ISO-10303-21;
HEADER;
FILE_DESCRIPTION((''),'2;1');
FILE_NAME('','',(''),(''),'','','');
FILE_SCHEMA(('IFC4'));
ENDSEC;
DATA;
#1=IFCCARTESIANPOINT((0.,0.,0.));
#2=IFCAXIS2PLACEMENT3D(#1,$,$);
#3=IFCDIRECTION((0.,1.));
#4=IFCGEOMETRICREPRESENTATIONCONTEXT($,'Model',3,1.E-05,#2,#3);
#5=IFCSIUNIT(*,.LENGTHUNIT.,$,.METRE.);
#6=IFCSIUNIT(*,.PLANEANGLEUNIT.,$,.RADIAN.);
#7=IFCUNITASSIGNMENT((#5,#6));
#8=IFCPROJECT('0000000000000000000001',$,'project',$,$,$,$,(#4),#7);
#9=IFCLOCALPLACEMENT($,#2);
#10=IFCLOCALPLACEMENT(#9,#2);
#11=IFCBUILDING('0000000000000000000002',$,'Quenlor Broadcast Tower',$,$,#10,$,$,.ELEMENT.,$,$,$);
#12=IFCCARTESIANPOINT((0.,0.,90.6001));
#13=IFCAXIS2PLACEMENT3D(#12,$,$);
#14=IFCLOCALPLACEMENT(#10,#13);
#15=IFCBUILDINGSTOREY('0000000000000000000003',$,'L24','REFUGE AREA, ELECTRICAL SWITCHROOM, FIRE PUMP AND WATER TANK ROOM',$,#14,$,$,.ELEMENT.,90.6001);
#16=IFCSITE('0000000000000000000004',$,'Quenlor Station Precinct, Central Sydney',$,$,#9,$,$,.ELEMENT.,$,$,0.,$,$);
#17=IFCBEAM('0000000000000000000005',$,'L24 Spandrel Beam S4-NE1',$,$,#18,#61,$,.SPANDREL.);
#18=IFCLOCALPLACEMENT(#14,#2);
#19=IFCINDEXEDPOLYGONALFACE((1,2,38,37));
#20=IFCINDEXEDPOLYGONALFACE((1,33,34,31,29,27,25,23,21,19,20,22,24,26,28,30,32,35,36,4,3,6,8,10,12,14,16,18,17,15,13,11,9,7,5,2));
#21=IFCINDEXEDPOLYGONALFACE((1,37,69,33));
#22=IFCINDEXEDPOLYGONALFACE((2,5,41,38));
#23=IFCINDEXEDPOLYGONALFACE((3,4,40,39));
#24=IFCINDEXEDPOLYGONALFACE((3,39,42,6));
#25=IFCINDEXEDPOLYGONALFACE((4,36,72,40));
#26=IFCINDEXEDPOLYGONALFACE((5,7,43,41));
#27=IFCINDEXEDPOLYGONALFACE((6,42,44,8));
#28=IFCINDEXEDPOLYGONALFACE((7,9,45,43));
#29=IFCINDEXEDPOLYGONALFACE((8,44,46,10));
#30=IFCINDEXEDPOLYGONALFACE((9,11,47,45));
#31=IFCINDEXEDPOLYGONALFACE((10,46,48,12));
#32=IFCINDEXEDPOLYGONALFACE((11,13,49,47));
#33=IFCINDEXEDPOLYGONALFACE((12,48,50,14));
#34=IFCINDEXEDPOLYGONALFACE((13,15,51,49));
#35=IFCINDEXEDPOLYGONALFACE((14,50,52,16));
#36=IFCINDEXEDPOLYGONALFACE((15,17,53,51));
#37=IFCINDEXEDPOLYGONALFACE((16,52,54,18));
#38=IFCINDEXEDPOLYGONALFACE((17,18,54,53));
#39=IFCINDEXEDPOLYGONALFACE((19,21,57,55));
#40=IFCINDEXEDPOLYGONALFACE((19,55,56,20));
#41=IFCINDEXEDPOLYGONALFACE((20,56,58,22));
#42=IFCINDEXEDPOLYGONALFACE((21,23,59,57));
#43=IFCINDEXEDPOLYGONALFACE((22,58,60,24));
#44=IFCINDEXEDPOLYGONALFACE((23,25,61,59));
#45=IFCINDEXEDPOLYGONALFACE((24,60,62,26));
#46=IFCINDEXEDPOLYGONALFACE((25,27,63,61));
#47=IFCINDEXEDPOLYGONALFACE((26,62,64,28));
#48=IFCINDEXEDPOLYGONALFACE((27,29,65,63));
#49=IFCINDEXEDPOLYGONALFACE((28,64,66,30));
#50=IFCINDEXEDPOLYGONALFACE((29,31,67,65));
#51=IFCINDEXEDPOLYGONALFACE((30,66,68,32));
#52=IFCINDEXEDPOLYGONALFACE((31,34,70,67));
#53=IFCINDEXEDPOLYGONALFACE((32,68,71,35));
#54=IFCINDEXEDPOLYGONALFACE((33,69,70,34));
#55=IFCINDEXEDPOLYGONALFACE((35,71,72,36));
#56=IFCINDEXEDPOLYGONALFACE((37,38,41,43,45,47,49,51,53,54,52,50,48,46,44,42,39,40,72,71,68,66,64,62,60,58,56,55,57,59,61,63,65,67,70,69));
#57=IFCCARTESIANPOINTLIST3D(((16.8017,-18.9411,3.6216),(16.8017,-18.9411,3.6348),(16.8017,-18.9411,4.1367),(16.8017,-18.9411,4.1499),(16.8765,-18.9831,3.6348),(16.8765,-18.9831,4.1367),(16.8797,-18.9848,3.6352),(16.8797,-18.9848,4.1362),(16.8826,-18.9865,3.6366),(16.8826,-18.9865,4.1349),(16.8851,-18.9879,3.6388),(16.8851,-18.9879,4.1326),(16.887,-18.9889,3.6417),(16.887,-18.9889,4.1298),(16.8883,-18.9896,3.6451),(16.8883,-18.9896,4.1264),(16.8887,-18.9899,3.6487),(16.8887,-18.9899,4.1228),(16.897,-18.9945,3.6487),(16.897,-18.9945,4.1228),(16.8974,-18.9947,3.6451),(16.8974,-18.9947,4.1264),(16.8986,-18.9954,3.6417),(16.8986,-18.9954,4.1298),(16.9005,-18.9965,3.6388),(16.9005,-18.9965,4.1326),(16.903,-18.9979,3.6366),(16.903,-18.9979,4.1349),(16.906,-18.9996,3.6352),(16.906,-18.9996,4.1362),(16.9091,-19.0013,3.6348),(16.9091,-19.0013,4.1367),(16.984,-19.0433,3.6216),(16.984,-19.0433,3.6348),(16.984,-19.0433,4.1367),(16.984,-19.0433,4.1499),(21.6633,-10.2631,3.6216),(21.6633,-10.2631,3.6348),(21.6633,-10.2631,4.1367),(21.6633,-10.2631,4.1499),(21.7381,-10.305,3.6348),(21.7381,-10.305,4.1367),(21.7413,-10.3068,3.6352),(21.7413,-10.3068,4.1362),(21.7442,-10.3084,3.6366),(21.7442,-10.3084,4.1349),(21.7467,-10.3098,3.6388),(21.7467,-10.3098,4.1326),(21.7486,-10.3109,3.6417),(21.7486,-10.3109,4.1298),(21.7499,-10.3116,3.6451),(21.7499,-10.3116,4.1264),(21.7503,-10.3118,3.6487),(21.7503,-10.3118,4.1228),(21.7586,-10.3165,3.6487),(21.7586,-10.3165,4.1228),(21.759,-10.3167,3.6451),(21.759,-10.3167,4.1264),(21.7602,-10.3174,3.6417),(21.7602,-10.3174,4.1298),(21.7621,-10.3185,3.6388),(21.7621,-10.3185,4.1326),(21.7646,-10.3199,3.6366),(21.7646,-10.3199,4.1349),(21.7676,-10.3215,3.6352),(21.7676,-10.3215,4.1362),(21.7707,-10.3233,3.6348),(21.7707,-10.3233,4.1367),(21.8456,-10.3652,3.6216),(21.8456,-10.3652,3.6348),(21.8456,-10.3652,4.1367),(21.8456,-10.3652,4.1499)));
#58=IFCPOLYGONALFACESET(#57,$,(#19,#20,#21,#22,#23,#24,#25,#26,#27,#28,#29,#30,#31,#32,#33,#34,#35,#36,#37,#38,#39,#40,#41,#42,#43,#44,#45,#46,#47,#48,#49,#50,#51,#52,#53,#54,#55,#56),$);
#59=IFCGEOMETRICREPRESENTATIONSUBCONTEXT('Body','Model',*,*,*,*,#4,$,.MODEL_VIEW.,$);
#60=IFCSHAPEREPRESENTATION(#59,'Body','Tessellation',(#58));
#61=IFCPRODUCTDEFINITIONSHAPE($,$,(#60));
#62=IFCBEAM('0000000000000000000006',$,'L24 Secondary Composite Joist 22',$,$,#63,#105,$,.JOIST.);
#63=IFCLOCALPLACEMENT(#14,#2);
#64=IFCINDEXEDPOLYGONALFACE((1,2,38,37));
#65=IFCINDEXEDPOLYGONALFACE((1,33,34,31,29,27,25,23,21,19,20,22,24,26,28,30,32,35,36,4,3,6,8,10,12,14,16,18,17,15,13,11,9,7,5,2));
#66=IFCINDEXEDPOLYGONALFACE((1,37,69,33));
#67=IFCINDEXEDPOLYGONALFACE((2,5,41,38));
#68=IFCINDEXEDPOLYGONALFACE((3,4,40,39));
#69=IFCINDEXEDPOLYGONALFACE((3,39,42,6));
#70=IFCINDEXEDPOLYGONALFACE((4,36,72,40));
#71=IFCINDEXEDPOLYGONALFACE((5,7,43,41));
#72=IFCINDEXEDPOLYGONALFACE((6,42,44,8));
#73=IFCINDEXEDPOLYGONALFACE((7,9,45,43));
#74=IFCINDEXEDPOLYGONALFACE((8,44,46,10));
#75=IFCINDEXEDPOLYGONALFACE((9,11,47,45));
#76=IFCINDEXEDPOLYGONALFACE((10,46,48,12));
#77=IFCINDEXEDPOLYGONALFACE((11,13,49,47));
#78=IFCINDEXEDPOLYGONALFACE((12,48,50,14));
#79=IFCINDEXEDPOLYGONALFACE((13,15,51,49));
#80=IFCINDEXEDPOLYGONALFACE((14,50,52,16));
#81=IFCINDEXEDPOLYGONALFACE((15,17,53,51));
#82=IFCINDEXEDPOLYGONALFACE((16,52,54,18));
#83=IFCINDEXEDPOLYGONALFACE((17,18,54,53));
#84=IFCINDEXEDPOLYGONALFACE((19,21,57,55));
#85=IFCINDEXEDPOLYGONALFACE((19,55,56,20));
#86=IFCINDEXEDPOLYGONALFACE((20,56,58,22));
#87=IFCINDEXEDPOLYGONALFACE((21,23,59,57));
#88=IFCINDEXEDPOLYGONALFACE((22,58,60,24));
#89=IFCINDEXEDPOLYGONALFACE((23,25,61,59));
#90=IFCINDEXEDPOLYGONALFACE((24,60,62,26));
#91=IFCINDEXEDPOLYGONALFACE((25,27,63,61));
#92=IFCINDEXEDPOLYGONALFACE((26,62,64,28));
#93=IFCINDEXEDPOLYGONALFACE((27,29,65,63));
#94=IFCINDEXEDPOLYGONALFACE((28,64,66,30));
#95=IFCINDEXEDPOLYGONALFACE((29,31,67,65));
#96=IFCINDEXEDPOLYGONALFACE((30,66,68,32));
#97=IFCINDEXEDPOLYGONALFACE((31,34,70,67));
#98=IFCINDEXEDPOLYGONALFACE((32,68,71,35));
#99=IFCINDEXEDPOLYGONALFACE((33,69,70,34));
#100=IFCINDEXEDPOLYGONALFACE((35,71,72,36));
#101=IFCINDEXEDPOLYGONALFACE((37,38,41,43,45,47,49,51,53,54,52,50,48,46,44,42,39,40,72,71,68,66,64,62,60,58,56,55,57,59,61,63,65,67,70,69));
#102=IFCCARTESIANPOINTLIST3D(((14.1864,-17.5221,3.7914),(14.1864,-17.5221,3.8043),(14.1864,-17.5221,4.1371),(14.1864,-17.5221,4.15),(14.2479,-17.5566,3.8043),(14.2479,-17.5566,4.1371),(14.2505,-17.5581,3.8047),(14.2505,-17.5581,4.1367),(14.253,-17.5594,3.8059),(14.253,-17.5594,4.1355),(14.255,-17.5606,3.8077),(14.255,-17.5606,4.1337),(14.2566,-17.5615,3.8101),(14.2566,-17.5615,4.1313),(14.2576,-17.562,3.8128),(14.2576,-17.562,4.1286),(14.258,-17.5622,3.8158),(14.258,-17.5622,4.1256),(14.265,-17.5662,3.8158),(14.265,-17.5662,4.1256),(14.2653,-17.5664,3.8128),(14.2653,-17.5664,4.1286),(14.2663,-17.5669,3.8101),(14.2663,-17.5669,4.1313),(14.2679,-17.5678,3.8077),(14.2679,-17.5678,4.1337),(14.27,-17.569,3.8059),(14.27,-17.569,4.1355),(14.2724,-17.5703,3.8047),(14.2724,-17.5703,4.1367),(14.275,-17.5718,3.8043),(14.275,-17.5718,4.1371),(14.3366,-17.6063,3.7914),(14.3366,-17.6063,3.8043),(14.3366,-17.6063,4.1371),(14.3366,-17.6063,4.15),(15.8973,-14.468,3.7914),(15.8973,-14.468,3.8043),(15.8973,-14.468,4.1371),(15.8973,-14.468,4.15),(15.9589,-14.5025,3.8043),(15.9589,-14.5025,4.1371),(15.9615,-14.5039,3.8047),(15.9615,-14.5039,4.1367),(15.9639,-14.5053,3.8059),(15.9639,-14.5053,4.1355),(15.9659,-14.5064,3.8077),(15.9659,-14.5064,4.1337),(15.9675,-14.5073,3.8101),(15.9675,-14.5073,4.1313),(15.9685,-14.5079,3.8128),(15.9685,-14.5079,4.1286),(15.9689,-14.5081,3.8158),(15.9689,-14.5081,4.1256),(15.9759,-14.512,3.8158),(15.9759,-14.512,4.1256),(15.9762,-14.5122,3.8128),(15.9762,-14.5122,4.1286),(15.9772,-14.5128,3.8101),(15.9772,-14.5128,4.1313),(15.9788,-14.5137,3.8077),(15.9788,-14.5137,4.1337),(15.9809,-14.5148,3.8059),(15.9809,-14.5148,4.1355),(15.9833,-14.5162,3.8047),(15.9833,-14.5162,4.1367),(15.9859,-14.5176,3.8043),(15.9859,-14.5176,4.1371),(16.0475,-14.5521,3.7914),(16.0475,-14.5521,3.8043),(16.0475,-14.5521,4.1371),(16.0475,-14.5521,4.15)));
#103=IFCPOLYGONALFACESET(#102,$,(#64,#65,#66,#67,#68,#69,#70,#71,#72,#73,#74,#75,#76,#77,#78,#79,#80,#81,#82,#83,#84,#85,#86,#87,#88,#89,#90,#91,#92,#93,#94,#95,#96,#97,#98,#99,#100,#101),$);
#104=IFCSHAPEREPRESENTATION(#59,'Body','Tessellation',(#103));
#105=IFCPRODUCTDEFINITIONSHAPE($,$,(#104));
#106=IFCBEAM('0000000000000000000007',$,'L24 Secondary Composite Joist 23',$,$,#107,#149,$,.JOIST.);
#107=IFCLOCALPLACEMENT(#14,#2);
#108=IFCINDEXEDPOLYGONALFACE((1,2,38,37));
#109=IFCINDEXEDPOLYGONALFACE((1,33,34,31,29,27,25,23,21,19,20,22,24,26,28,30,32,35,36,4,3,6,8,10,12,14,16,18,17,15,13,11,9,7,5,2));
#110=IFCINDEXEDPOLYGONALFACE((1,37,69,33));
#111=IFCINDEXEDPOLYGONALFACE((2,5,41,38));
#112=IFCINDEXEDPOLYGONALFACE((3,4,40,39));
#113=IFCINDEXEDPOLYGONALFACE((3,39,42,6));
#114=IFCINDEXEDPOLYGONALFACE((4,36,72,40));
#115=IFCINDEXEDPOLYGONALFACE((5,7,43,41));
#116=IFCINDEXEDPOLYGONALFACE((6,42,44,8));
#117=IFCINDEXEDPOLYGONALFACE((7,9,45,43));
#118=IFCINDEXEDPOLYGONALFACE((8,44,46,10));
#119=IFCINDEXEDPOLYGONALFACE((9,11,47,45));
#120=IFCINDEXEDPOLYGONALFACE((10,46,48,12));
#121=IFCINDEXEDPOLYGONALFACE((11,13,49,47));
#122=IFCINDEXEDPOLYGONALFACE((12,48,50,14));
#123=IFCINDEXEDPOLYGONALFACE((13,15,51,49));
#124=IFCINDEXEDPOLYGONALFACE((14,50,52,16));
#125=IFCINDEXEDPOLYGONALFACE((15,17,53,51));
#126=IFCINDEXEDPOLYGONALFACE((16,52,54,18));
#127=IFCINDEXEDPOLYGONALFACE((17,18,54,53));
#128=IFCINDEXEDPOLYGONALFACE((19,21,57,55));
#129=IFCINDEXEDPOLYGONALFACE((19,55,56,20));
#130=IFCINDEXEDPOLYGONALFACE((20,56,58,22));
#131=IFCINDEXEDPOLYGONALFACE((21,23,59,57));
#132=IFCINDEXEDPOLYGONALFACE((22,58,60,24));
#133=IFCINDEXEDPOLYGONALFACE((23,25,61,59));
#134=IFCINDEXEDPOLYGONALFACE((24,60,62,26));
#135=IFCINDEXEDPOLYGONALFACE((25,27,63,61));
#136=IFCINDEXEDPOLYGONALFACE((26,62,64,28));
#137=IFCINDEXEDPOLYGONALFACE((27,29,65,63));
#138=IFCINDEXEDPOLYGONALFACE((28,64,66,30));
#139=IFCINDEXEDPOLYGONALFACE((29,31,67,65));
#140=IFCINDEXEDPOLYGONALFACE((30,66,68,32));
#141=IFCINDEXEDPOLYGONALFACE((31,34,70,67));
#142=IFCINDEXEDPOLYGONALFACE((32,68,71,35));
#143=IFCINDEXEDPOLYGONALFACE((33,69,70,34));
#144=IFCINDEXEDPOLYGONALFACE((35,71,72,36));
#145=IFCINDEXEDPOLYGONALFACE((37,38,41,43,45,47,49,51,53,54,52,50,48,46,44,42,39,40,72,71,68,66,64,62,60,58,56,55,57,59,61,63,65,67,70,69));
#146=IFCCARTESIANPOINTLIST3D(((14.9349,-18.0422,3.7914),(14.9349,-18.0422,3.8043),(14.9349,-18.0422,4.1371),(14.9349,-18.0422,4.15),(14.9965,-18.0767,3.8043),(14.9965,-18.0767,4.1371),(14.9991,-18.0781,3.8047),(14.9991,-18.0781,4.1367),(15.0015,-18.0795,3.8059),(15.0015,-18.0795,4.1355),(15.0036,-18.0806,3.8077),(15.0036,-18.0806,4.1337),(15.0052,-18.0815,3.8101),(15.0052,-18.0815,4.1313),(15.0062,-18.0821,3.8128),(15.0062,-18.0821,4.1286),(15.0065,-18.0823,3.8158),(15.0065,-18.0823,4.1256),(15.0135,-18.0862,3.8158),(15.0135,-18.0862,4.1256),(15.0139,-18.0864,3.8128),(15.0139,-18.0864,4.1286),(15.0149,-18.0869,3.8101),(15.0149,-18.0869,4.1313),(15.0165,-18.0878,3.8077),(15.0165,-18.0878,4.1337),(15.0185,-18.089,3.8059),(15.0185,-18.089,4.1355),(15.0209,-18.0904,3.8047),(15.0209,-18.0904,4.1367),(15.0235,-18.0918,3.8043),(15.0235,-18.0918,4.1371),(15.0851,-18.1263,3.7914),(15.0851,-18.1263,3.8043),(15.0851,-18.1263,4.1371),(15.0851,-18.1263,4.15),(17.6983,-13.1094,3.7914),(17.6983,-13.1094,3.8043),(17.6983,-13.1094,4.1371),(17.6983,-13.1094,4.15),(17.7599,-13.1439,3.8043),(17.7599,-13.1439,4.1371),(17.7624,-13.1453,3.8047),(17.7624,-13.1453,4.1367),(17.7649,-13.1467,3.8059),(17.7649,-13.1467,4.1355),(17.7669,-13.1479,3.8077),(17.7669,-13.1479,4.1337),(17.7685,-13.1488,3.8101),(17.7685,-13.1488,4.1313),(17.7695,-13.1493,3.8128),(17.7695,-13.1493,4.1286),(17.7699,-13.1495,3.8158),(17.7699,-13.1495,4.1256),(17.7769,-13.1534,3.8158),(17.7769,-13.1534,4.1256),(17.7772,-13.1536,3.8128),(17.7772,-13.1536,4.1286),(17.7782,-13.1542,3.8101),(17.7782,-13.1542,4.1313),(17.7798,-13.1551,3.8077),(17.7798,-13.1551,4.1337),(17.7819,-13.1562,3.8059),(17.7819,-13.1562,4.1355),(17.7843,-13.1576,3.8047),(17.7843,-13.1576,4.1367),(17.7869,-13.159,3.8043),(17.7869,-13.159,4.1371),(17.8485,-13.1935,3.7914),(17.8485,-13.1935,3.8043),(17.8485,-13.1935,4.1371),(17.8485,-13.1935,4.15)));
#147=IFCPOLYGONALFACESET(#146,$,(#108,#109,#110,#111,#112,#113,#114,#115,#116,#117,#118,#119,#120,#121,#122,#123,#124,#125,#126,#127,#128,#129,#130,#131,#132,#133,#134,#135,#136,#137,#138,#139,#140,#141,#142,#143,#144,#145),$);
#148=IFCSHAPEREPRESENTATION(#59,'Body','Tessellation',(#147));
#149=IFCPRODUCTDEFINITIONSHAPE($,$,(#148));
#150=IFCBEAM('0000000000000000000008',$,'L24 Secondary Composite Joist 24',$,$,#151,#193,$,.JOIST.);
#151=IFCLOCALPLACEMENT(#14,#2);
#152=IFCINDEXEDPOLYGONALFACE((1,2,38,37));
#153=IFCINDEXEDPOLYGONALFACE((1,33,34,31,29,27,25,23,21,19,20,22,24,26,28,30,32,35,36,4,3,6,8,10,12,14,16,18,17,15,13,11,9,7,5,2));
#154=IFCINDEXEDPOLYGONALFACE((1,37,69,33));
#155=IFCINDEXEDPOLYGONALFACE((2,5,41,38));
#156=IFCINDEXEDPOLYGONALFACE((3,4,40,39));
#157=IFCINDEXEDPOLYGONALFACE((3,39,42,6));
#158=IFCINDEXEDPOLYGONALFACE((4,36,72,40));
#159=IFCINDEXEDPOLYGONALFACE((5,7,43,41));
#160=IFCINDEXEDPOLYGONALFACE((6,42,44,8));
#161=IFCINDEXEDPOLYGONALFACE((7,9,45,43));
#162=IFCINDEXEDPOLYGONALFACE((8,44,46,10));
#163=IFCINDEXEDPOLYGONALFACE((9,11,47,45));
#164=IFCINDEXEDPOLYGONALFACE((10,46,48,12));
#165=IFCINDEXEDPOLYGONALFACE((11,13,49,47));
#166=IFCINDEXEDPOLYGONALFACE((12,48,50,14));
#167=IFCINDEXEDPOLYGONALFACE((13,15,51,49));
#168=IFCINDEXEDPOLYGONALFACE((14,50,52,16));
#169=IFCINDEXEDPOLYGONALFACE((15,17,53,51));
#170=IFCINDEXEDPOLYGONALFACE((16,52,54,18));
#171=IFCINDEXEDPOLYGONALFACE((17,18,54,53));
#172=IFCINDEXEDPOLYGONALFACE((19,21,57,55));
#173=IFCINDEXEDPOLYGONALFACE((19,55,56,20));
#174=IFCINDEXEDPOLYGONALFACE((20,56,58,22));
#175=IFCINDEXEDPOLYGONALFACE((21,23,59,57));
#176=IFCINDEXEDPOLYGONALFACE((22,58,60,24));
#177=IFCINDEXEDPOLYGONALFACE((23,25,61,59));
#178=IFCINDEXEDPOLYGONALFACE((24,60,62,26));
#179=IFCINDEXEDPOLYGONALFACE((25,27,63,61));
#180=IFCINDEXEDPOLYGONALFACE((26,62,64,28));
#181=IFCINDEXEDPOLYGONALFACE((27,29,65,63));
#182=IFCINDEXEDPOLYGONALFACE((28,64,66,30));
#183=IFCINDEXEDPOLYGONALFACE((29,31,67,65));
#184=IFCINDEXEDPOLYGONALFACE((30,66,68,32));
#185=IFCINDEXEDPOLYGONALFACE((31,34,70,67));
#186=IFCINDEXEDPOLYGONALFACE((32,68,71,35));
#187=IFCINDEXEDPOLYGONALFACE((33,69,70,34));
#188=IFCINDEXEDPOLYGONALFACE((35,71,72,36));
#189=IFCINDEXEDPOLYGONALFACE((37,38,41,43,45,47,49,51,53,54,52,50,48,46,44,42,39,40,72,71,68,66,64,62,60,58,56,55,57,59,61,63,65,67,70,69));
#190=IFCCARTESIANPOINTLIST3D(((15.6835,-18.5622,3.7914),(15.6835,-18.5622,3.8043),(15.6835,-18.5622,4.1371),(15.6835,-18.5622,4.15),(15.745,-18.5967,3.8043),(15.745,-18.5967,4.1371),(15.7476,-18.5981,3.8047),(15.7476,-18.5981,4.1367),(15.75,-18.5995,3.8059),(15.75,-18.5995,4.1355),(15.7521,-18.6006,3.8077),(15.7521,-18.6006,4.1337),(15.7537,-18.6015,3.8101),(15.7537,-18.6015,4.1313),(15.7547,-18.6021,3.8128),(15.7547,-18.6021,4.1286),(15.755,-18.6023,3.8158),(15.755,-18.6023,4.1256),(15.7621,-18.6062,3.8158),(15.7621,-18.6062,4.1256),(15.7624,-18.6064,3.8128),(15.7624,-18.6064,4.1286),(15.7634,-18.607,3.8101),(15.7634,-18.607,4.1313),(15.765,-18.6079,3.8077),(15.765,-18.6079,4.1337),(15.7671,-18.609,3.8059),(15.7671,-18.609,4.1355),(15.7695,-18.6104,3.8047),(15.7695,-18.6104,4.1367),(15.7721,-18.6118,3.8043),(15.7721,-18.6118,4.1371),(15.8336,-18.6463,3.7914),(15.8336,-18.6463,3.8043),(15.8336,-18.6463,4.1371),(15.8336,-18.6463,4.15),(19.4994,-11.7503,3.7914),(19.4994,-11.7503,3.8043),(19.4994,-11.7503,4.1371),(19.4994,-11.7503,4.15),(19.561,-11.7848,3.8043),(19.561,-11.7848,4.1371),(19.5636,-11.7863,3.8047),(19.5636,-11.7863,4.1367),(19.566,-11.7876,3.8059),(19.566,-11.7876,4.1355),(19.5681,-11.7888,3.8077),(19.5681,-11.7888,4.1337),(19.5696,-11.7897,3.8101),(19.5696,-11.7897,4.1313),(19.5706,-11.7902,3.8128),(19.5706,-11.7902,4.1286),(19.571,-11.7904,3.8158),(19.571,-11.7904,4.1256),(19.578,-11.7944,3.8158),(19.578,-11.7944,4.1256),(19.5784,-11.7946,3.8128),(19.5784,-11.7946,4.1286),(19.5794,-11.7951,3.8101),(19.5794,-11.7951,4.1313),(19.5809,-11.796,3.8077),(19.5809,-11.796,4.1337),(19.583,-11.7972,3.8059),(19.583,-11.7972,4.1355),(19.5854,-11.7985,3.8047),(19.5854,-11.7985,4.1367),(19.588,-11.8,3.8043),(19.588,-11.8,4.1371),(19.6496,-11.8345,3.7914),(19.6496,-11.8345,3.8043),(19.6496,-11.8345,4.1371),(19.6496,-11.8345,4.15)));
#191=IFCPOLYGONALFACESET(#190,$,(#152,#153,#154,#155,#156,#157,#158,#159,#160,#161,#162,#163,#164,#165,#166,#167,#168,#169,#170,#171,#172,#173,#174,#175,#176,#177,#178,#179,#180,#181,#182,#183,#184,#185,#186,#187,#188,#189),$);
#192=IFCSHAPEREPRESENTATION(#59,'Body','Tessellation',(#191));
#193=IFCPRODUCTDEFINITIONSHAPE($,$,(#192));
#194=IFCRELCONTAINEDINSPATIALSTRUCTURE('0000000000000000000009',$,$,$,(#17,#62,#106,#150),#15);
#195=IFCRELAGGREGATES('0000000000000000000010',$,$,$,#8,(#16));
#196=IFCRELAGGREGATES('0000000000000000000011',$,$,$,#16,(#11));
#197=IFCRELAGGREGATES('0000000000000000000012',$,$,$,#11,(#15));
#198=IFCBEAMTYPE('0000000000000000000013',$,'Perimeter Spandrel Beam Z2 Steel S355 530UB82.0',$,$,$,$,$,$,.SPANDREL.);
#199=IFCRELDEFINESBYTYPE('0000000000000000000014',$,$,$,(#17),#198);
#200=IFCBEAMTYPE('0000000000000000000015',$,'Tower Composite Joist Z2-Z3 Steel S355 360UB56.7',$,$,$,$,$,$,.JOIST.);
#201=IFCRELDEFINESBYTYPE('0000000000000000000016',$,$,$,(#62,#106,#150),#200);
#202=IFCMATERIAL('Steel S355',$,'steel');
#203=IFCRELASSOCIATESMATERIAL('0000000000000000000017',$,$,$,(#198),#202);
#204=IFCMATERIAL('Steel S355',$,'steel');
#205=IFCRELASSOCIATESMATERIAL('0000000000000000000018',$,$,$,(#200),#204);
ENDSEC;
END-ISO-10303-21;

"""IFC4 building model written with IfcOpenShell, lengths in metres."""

from ifc_helpers import new_model, si_unit, direction, frame, origin, origin_2d, place, context, subcontext, project, spatial, i_section, extrude, material, material_profile, profile_set, type_object, element, save


model = new_model("IFC4")

# Units and contexts
model_context = context("Model", 3, precision=1e-05, world=origin(), true_north=direction((0.0, 1.0)))
body_context = subcontext(model_context, "Body", "Model", "MODEL_VIEW")
ifc_project = project(units=[si_unit("LENGTHUNIT", "METRE"), si_unit("PLANEANGLEUNIT", "RADIAN")], contexts=[model_context])

# Site, building, storey
site_placement = place(None, origin())
site = spatial("IfcSite", under=ifc_project, at=site_placement, Name="Quenlor Station Precinct, Central Sydney", CompositionType="ELEMENT", RefElevation=0.0)
building_placement = place(site_placement, origin())
building = spatial("IfcBuilding", under=site, at=building_placement, Name="Quenlor Broadcast Tower", CompositionType="ELEMENT")
storey_placement = place(building_placement, frame((0.0, 0.0, 90.6001)))
storey = spatial("IfcBuildingStorey", under=building, at=storey_placement, Name="L24", Description="REFUGE AREA, ELECTRICAL SWITCHROOM, FIRE PUMP AND WATER TANK ROOM", CompositionType="ELEMENT", Elevation=90.6001)

# Beams
ifc_material_1 = material(Name="Steel S355", Category="steel")
ifc_material_profile_1 = material_profile(ifc_material_1, i_section(OverallWidth=0.209, OverallDepth=0.5283, WebThickness=0.0095, FlangeThickness=0.0132, FilletRadius=0.0139, at=origin_2d()))
ifc_profile_set_1 = profile_set([ifc_material_profile_1], Name="Steel S355 530UB82.0")
beam_type_1 = type_object("IfcBeamType", Name="Perimeter Spandrel Beam Z2 Steel S355 530UB82.0", PredefinedType="SPANDREL", material=ifc_profile_set_1)
beam_1_placement = place(storey_placement, frame((16.8928, -18.9922, 3.8857), z_axis=(0.488749, 0.872424, 0.0), x_axis=(-0.872424, 0.488749, 0.0)))
element("IfcBeam", 1, at=beam_1_placement, inside=storey, type_object=beam_type_1, Name="L24 Spandrel Beam S4-NE1", PredefinedType="SPANDREL", context=body_context, shape_type="SweptSolid", body=[
    extrude(i_section(OverallWidth=0.209, OverallDepth=0.5283, WebThickness=0.0095, FlangeThickness=0.0132, FilletRadius=0.0139, at=origin_2d()), origin(), (0.0, 0.0, 1.0), 9.947),
])
ifc_material_2 = material(Name="Steel S355", Category="steel")
ifc_material_profile_2 = material_profile(ifc_material_2, i_section(OverallWidth=0.1721, OverallDepth=0.3586, WebThickness=0.0081, FlangeThickness=0.0129, FilletRadius=0.0115, at=origin_2d()))
ifc_profile_set_2 = profile_set([ifc_material_profile_2], Name="Steel S355 360UB56.7")
beam_type_2 = type_object("IfcBeamType", Name="Tower Composite Joist Z2-Z3 Steel S355 360UB56.7", PredefinedType="JOIST", material=ifc_profile_set_2)
beam_2_placement = place(storey_placement, frame((14.2615, -17.5642, 3.9707), z_axis=(0.488731, 0.872435, 0.0), x_axis=(-0.872435, 0.488731, 0.0)))
element("IfcBeam", 2, at=beam_2_placement, inside=storey, type_object=beam_type_2, Name="L24 Secondary Composite Joist 22", PredefinedType="JOIST", context=body_context, shape_type="SweptSolid", body=[
    extrude(i_section(OverallWidth=0.1721, OverallDepth=0.3586, WebThickness=0.0081, FlangeThickness=0.0129, FilletRadius=0.0115, at=origin_2d()), origin(), (0.0, 0.0, 1.0), 3.5007),
])
beam_3_placement = place(storey_placement, frame((15.01, -18.0842, 3.9707), z_axis=(0.488741, 0.872429, 0.0), x_axis=(-0.872429, 0.488741, 0.0)))
element("IfcBeam", 3, at=beam_3_placement, inside=storey, type_object=beam_type_2, Name="L24 Secondary Composite Joist 23", PredefinedType="JOIST", context=body_context, shape_type="SweptSolid", body=[
    extrude(i_section(OverallWidth=0.1721, OverallDepth=0.3586, WebThickness=0.0081, FlangeThickness=0.0129, FilletRadius=0.0115, at=origin_2d()), origin(), (0.0, 0.0, 1.0), 5.6541),
])
beam_4_placement = place(storey_placement, frame((15.7585, -18.6042, 3.9707), z_axis=(0.488733, 0.872433, 0.0), x_axis=(-0.872433, 0.488733, 0.0)))
element("IfcBeam", 4, at=beam_4_placement, inside=storey, type_object=beam_type_2, Name="L24 Secondary Composite Joist 24", PredefinedType="JOIST", context=body_context, shape_type="SweptSolid", body=[
    extrude(i_section(OverallWidth=0.1721, OverallDepth=0.3586, WebThickness=0.0081, FlangeThickness=0.0129, FilletRadius=0.0115, at=origin_2d()), origin(), (0.0, 0.0, 1.0), 7.8079),
])

save(model, "model.ifc")
